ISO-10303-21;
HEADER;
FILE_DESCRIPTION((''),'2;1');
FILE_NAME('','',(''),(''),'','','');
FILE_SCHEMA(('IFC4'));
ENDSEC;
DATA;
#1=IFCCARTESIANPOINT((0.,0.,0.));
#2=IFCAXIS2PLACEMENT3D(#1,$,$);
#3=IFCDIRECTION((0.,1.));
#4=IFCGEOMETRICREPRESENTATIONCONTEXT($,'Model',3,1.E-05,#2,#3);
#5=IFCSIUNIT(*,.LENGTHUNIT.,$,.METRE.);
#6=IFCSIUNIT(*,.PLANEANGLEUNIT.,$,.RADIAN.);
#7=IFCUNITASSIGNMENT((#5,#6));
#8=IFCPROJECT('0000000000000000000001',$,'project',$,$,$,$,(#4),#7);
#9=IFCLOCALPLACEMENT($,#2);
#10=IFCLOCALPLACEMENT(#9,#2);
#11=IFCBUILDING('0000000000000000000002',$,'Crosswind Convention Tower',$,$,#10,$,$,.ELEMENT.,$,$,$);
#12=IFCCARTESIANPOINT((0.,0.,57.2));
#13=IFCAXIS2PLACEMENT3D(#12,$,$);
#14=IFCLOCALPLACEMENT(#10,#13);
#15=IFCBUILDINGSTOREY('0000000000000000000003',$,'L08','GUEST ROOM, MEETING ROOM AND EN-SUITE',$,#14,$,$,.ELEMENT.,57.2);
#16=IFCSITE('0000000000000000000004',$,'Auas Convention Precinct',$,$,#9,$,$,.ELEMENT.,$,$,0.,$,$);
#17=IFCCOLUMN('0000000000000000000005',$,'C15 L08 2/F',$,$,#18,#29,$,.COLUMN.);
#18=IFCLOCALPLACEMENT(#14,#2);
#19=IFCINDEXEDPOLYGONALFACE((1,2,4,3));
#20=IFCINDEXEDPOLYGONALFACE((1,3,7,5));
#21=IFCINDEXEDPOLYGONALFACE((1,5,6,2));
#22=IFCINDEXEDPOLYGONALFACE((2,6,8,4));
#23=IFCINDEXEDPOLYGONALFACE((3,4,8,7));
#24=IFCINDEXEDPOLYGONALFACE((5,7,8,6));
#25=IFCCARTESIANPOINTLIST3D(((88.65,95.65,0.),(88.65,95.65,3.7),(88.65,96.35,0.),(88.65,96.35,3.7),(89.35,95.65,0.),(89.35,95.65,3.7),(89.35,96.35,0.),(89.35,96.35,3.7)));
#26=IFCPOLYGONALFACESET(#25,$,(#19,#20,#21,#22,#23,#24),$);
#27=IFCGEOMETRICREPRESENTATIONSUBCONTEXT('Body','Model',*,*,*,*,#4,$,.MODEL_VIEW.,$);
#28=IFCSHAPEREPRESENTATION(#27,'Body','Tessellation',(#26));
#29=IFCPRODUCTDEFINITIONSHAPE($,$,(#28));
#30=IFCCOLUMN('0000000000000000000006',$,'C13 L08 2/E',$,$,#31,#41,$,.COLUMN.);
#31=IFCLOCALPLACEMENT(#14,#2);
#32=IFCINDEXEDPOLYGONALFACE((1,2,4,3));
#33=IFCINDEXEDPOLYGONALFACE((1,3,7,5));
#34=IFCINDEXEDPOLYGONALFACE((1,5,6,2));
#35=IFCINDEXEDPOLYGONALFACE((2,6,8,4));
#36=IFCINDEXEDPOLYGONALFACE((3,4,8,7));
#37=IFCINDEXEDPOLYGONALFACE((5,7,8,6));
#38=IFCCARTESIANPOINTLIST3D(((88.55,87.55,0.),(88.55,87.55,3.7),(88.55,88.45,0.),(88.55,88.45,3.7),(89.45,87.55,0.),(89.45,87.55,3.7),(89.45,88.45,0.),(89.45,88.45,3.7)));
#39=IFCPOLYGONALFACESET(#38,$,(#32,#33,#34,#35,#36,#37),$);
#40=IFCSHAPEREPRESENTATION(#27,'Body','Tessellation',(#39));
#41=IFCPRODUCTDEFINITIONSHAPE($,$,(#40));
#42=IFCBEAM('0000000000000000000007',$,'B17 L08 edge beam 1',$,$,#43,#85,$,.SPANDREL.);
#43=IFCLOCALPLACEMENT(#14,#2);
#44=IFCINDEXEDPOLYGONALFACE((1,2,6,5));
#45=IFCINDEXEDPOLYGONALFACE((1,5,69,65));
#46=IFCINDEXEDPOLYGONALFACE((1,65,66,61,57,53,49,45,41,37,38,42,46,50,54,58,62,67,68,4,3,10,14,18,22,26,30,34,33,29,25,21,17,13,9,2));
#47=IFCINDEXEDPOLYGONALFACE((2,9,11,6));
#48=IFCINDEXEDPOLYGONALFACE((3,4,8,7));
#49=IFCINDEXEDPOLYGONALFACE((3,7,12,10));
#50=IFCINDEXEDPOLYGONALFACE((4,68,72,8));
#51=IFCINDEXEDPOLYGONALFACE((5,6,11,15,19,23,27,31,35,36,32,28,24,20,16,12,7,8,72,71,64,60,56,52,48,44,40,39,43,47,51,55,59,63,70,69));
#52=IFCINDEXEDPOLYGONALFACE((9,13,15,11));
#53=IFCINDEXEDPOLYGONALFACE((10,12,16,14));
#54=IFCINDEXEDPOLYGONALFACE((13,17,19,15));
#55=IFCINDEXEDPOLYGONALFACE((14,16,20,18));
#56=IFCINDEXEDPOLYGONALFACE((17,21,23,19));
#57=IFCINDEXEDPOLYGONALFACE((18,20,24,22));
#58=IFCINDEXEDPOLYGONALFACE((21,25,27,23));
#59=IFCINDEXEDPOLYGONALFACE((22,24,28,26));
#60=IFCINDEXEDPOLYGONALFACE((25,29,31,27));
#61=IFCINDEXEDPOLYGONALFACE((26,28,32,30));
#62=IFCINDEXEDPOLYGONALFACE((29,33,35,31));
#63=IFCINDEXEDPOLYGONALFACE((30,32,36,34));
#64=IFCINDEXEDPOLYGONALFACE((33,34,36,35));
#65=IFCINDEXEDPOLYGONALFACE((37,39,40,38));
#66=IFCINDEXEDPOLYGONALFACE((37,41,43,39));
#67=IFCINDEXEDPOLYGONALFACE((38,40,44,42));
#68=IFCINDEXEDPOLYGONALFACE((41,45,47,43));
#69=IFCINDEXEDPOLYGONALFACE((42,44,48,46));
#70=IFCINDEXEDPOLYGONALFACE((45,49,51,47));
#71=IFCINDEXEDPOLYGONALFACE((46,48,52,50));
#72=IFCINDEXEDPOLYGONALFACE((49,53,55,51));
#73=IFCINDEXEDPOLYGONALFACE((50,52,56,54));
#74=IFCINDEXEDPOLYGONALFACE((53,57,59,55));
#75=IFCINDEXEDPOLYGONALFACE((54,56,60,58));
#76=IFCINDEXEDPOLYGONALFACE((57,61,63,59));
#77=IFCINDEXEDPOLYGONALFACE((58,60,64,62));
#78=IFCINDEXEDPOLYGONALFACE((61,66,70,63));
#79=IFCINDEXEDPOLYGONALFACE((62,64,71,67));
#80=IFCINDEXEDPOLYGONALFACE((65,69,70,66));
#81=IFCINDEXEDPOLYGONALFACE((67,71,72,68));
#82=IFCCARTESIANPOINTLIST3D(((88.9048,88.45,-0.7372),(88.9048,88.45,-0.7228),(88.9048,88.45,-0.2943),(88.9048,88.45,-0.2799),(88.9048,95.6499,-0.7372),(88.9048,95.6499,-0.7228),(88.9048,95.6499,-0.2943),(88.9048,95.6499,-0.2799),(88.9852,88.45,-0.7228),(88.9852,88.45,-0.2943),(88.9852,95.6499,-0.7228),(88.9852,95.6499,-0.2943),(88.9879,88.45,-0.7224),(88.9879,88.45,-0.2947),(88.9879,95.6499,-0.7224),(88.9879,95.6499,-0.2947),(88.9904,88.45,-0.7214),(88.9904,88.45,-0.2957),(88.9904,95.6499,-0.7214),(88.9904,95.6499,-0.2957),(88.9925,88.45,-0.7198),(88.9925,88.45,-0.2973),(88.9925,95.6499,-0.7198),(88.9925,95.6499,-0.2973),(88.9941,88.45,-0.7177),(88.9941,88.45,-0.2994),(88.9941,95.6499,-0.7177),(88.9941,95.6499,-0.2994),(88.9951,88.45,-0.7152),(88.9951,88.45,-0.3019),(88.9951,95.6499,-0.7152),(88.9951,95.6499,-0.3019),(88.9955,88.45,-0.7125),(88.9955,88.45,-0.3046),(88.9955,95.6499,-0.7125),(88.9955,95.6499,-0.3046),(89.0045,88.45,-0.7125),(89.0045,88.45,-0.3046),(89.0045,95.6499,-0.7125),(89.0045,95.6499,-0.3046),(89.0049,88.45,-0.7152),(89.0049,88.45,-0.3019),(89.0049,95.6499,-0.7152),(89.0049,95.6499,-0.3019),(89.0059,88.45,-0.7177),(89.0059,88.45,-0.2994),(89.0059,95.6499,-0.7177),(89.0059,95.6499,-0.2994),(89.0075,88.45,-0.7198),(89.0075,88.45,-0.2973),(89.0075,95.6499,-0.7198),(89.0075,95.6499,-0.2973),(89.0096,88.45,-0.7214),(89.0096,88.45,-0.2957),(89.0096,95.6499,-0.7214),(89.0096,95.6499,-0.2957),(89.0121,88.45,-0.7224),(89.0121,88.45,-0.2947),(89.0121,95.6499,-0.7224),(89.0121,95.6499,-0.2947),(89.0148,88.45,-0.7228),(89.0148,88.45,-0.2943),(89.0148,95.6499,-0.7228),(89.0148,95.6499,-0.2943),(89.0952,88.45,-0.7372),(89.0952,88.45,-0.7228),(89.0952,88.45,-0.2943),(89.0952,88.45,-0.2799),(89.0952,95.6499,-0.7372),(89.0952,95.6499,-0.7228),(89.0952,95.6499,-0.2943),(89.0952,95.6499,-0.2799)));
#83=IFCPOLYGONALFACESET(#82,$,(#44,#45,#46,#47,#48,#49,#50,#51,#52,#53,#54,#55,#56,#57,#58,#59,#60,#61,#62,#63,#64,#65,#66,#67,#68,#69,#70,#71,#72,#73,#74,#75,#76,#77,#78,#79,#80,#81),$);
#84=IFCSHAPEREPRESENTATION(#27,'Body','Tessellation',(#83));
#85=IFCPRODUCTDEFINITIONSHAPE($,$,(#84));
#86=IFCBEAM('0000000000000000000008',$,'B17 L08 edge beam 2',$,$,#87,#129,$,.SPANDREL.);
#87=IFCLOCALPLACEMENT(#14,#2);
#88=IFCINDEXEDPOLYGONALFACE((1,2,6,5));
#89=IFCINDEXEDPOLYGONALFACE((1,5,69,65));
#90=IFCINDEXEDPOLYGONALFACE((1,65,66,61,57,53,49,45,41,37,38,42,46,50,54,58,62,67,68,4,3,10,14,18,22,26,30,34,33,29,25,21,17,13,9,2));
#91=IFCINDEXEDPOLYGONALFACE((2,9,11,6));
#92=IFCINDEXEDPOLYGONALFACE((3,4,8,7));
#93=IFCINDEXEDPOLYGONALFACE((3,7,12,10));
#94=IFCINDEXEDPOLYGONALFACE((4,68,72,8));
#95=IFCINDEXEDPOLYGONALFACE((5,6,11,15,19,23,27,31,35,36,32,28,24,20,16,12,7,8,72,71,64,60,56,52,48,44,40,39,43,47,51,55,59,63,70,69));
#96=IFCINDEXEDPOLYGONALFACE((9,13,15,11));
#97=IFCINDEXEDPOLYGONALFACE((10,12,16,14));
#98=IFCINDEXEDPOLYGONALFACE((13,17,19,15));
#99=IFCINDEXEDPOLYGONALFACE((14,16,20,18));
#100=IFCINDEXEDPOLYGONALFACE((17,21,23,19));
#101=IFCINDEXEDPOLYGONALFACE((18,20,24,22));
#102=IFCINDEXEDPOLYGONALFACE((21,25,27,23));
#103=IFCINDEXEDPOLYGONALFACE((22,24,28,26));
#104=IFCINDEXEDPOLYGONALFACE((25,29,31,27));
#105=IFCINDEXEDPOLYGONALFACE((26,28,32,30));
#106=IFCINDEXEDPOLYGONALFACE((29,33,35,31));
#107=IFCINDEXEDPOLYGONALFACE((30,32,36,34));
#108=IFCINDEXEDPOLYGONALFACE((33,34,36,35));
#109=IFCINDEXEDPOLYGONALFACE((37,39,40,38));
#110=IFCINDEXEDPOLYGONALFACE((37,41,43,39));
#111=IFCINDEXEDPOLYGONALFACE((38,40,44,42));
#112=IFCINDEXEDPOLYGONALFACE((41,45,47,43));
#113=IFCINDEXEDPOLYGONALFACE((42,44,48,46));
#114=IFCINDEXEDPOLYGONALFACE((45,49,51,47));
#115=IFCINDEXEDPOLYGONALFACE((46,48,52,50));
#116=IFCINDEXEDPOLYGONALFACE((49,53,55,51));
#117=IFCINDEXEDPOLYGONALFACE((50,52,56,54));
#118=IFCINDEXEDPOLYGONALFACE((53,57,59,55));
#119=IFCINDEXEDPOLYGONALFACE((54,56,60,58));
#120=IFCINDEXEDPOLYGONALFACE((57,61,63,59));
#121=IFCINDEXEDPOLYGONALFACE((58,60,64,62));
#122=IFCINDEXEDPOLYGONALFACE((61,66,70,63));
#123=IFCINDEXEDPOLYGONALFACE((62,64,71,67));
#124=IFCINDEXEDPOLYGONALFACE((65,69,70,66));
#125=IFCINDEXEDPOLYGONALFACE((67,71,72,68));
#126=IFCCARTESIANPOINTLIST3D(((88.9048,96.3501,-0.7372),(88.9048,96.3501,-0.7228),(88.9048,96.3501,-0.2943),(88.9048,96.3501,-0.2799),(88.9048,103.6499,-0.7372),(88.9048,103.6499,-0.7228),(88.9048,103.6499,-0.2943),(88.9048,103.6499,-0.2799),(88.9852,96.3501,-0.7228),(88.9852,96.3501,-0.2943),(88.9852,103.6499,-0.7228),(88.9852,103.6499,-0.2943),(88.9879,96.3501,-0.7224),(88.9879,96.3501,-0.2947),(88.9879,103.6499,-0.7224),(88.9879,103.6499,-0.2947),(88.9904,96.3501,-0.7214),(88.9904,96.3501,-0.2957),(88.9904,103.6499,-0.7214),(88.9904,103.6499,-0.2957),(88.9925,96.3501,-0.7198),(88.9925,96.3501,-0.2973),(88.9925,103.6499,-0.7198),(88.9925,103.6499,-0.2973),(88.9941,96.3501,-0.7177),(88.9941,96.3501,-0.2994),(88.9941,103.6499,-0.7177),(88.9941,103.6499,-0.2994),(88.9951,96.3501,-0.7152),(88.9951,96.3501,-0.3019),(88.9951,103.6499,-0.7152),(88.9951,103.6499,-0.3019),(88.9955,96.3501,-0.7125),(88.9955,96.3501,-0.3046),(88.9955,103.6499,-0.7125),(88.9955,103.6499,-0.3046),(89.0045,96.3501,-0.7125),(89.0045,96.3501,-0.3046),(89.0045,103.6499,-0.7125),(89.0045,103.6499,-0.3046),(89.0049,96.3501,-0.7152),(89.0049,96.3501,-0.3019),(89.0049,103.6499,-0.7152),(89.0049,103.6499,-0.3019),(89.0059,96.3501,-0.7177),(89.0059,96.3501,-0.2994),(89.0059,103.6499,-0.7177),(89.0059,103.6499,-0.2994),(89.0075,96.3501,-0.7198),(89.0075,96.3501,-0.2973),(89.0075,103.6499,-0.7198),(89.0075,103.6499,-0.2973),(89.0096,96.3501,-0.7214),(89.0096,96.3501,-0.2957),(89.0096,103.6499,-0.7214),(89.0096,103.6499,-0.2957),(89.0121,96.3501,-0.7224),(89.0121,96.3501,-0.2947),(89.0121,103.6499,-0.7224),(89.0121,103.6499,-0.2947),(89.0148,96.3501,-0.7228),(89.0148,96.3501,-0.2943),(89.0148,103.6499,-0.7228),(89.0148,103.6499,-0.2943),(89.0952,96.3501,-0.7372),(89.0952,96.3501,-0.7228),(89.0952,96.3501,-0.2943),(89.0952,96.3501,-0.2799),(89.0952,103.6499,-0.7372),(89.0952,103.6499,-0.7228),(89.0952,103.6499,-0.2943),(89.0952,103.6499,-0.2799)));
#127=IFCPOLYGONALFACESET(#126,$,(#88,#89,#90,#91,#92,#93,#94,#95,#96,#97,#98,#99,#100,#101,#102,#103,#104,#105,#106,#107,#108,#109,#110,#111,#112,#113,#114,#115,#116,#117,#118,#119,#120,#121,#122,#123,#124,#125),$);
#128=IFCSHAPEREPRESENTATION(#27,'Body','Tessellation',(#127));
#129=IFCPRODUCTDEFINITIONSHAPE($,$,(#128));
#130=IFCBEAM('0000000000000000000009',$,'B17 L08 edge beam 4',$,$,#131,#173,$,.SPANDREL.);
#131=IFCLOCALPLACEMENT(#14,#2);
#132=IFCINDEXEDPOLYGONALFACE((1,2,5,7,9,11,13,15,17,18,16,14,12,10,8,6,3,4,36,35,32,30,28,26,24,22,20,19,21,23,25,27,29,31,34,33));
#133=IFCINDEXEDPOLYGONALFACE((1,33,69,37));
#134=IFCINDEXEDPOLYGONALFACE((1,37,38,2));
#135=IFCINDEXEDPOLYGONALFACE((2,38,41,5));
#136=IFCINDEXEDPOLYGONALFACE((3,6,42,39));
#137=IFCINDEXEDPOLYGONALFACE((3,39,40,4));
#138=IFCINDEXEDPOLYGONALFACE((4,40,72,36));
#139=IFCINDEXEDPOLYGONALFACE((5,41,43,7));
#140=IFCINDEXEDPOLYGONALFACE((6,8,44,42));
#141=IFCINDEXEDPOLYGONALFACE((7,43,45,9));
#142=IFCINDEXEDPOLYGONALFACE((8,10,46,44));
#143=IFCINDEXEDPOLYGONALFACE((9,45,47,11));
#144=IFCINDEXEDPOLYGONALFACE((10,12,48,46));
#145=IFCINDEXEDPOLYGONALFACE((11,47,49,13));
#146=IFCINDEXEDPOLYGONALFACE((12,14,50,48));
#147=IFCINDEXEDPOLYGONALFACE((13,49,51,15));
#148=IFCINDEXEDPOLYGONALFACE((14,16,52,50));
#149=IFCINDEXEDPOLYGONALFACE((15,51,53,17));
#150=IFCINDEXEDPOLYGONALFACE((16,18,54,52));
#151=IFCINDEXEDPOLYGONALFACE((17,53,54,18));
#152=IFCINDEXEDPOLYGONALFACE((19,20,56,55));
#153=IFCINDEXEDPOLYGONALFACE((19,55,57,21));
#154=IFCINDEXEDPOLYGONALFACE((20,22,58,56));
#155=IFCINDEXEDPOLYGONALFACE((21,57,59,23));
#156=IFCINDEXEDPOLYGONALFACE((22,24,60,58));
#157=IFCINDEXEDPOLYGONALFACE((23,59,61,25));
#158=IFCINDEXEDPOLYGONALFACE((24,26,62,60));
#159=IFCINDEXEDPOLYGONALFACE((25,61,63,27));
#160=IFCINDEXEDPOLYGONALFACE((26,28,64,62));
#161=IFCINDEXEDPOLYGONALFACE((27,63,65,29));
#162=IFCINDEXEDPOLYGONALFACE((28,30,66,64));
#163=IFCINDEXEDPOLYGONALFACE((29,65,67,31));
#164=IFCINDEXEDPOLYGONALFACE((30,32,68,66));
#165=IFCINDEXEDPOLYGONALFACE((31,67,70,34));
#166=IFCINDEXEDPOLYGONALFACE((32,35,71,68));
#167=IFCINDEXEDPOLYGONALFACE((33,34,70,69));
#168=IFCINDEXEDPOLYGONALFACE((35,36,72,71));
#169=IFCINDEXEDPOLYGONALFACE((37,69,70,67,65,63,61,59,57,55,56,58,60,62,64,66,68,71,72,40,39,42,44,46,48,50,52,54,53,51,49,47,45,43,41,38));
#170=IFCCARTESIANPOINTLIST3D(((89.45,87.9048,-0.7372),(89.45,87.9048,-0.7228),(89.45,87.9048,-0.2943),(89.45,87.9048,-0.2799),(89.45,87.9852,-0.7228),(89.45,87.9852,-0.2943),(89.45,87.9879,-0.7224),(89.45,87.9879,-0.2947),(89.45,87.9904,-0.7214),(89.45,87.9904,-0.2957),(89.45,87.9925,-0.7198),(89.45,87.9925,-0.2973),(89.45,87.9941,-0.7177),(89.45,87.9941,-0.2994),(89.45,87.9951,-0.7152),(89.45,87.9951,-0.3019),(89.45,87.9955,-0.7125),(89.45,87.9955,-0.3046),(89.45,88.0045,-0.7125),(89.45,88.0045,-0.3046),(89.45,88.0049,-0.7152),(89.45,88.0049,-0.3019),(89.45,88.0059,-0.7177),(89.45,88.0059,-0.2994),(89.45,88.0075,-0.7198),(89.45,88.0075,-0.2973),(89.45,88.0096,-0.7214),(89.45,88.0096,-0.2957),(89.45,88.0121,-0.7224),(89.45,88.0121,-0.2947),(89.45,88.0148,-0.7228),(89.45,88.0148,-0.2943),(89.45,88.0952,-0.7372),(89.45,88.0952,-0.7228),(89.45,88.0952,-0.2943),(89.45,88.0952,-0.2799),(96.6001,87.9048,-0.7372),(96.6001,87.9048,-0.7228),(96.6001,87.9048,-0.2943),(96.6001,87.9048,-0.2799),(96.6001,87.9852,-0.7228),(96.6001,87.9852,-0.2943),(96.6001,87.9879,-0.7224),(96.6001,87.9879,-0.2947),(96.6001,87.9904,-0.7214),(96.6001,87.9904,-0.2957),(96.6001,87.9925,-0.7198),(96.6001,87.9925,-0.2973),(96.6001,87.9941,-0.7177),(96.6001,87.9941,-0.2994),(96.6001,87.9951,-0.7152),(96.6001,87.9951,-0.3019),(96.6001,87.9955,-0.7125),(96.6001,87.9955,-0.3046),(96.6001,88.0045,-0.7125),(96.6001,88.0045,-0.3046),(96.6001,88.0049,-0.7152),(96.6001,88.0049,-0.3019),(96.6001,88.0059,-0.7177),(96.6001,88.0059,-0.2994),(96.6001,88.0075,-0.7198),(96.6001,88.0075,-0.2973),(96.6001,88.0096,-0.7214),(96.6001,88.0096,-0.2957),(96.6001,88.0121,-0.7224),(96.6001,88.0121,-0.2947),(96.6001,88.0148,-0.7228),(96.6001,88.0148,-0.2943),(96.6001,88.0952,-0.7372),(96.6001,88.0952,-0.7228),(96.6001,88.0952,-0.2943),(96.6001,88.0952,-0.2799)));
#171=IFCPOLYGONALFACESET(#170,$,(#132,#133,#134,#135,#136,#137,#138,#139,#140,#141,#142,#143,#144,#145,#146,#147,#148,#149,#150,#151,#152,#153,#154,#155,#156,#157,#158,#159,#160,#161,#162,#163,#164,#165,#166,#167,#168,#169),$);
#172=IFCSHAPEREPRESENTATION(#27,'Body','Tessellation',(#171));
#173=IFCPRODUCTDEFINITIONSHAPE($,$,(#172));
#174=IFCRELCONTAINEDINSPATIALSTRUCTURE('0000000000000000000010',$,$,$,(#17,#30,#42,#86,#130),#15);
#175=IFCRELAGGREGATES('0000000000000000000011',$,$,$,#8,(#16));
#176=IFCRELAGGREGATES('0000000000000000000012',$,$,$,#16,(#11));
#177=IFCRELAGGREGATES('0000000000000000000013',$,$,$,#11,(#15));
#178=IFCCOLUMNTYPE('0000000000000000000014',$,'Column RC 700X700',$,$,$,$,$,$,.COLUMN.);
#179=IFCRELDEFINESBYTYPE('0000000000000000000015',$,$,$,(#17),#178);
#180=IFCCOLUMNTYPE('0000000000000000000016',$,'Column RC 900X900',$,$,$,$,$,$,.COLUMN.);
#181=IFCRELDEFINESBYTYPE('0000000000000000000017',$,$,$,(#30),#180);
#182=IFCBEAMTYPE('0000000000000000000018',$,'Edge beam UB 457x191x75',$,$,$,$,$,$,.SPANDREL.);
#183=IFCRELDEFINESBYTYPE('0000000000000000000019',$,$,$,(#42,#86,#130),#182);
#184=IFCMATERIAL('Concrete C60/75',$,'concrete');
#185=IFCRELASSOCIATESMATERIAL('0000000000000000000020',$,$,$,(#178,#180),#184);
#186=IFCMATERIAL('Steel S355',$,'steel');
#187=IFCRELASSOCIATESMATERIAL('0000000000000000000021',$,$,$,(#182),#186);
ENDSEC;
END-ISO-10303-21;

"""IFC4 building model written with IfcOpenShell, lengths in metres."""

from ifc_helpers import new_model, si_unit, direction, frame, origin, origin_2d, place, context, subcontext, project, spatial, rectangle, i_section, extrude, material, material_profile, profile_set, type_object, element, save


model = new_model("IFC4")

# Units and contexts
model_context = context("Model", 3, precision=1e-05, world=origin(), true_north=direction((0.0, 1.0)))
body_context = subcontext(model_context, "Body", "Model", "MODEL_VIEW")
ifc_project = project(units=[si_unit("LENGTHUNIT", "METRE"), si_unit("PLANEANGLEUNIT", "RADIAN")], contexts=[model_context])

# Site, building, storey
site_placement = place(None, origin())
site = spatial("IfcSite", under=ifc_project, at=site_placement, Name="Auas Convention Precinct", CompositionType="ELEMENT", RefElevation=0.0)
building_placement = place(site_placement, origin())
building = spatial("IfcBuilding", under=site, at=building_placement, Name="Crosswind Convention Tower", CompositionType="ELEMENT")
storey_placement = place(building_placement, frame((0.0, 0.0, 57.2)))
storey = spatial("IfcBuildingStorey", under=building, at=storey_placement, Name="L08", Description="GUEST ROOM, MEETING ROOM AND EN-SUITE", CompositionType="ELEMENT", Elevation=57.2)

# Columns
ifc_material_1 = material(Name="Concrete C60/75", Category="concrete")
ifc_material_profile_1 = material_profile(ifc_material_1, rectangle(XDim=0.7, YDim=0.7, at=origin_2d()), Name="RC 700X700")
ifc_profile_set_1 = profile_set([ifc_material_profile_1], Name="Concrete C60/75")
column_type_1 = type_object("IfcColumnType", Name="Column RC 700X700", PredefinedType="COLUMN", material=ifc_profile_set_1)
column_1_placement = place(storey_placement, frame((89.0, 96.0, 0.0), z_axis=(0.0, 0.0, 1.0), x_axis=(1.0, 0.0, 0.0)))
element("IfcColumn", 1, at=column_1_placement, inside=storey, type_object=column_type_1, Name="C15 L08 2/F", PredefinedType="COLUMN", context=body_context, shape_type="SweptSolid", body=[
    extrude(rectangle(XDim=0.7, YDim=0.7, at=origin_2d()), origin(), (0.0, 0.0, 1.0), 3.7),
])
ifc_material_profile_2 = material_profile(ifc_material_1, rectangle(XDim=0.8999, YDim=0.8999, at=origin_2d()), Name="RC 900X900")
ifc_profile_set_2 = profile_set([ifc_material_profile_2], Name="Concrete C60/75")
column_type_2 = type_object("IfcColumnType", Name="Column RC 900X900", PredefinedType="COLUMN", material=ifc_profile_set_2)
column_2_placement = place(storey_placement, frame((89.0, 88.0, 0.0), z_axis=(0.0, 0.0, 1.0), x_axis=(1.0, 0.0, 0.0)))
element("IfcColumn", 2, at=column_2_placement, inside=storey, type_object=column_type_2, Name="C13 L08 2/E", PredefinedType="COLUMN", context=body_context, shape_type="SweptSolid", body=[
    extrude(rectangle(XDim=0.8999, YDim=0.8999, at=origin_2d()), origin(), (0.0, 0.0, 1.0), 3.7),
])

# Beams
ifc_material_2 = material(Name="Steel S355", Category="steel")
ifc_material_profile_3 = material_profile(ifc_material_2, i_section(OverallWidth=0.1904, OverallDepth=0.4573, WebThickness=0.009, FlangeThickness=0.0144, FilletRadius=0.0103, at=origin_2d()), Name="UB 457x191x75")
ifc_profile_set_3 = profile_set([ifc_material_profile_3], Name="Steel S355")
beam_type_1 = type_object("IfcBeamType", Name="Edge beam UB 457x191x75", PredefinedType="SPANDREL", material=ifc_profile_set_3)
beam_1_placement = place(storey_placement, frame((89.0, 88.45, -0.5085), z_axis=(0.0, 1.0, 0.0), x_axis=(-1.0, 0.0, 0.0)))
element("IfcBeam", 3, at=beam_1_placement, inside=storey, type_object=beam_type_1, Name="B17 L08 edge beam 1", PredefinedType="SPANDREL", context=body_context, shape_type="SweptSolid", body=[
    extrude(i_section(OverallWidth=0.1904, OverallDepth=0.4573, WebThickness=0.009, FlangeThickness=0.0144, FilletRadius=0.0103, at=origin_2d()), origin(), (0.0, 0.0, 1.0), 7.2),
])
beam_2_placement = place(storey_placement, frame((89.0, 96.3501, -0.5085), z_axis=(0.0, 1.0, 0.0), x_axis=(-1.0, 0.0, 0.0)))
element("IfcBeam", 4, at=beam_2_placement, inside=storey, type_object=beam_type_1, Name="B17 L08 edge beam 2", PredefinedType="SPANDREL", context=body_context, shape_type="SweptSolid", body=[
    extrude(i_section(OverallWidth=0.1904, OverallDepth=0.4573, WebThickness=0.009, FlangeThickness=0.0144, FilletRadius=0.0103, at=origin_2d()), origin(), (0.0, 0.0, 1.0), 7.2998),
])
beam_3_placement = place(storey_placement, frame((89.45, 88.0, -0.5085), z_axis=(1.0, 0.0, 0.0), x_axis=(0.0, 1.0, 0.0)))
element("IfcBeam", 5, at=beam_3_placement, inside=storey, type_object=beam_type_1, Name="B17 L08 edge beam 4", PredefinedType="SPANDREL", context=body_context, shape_type="SweptSolid", body=[
    extrude(i_section(OverallWidth=0.1904, OverallDepth=0.4573, WebThickness=0.009, FlangeThickness=0.0144, FilletRadius=0.0103, at=origin_2d()), origin(), (0.0, 0.0, 1.0), 7.1501),
])

save(model, "model.ifc")
